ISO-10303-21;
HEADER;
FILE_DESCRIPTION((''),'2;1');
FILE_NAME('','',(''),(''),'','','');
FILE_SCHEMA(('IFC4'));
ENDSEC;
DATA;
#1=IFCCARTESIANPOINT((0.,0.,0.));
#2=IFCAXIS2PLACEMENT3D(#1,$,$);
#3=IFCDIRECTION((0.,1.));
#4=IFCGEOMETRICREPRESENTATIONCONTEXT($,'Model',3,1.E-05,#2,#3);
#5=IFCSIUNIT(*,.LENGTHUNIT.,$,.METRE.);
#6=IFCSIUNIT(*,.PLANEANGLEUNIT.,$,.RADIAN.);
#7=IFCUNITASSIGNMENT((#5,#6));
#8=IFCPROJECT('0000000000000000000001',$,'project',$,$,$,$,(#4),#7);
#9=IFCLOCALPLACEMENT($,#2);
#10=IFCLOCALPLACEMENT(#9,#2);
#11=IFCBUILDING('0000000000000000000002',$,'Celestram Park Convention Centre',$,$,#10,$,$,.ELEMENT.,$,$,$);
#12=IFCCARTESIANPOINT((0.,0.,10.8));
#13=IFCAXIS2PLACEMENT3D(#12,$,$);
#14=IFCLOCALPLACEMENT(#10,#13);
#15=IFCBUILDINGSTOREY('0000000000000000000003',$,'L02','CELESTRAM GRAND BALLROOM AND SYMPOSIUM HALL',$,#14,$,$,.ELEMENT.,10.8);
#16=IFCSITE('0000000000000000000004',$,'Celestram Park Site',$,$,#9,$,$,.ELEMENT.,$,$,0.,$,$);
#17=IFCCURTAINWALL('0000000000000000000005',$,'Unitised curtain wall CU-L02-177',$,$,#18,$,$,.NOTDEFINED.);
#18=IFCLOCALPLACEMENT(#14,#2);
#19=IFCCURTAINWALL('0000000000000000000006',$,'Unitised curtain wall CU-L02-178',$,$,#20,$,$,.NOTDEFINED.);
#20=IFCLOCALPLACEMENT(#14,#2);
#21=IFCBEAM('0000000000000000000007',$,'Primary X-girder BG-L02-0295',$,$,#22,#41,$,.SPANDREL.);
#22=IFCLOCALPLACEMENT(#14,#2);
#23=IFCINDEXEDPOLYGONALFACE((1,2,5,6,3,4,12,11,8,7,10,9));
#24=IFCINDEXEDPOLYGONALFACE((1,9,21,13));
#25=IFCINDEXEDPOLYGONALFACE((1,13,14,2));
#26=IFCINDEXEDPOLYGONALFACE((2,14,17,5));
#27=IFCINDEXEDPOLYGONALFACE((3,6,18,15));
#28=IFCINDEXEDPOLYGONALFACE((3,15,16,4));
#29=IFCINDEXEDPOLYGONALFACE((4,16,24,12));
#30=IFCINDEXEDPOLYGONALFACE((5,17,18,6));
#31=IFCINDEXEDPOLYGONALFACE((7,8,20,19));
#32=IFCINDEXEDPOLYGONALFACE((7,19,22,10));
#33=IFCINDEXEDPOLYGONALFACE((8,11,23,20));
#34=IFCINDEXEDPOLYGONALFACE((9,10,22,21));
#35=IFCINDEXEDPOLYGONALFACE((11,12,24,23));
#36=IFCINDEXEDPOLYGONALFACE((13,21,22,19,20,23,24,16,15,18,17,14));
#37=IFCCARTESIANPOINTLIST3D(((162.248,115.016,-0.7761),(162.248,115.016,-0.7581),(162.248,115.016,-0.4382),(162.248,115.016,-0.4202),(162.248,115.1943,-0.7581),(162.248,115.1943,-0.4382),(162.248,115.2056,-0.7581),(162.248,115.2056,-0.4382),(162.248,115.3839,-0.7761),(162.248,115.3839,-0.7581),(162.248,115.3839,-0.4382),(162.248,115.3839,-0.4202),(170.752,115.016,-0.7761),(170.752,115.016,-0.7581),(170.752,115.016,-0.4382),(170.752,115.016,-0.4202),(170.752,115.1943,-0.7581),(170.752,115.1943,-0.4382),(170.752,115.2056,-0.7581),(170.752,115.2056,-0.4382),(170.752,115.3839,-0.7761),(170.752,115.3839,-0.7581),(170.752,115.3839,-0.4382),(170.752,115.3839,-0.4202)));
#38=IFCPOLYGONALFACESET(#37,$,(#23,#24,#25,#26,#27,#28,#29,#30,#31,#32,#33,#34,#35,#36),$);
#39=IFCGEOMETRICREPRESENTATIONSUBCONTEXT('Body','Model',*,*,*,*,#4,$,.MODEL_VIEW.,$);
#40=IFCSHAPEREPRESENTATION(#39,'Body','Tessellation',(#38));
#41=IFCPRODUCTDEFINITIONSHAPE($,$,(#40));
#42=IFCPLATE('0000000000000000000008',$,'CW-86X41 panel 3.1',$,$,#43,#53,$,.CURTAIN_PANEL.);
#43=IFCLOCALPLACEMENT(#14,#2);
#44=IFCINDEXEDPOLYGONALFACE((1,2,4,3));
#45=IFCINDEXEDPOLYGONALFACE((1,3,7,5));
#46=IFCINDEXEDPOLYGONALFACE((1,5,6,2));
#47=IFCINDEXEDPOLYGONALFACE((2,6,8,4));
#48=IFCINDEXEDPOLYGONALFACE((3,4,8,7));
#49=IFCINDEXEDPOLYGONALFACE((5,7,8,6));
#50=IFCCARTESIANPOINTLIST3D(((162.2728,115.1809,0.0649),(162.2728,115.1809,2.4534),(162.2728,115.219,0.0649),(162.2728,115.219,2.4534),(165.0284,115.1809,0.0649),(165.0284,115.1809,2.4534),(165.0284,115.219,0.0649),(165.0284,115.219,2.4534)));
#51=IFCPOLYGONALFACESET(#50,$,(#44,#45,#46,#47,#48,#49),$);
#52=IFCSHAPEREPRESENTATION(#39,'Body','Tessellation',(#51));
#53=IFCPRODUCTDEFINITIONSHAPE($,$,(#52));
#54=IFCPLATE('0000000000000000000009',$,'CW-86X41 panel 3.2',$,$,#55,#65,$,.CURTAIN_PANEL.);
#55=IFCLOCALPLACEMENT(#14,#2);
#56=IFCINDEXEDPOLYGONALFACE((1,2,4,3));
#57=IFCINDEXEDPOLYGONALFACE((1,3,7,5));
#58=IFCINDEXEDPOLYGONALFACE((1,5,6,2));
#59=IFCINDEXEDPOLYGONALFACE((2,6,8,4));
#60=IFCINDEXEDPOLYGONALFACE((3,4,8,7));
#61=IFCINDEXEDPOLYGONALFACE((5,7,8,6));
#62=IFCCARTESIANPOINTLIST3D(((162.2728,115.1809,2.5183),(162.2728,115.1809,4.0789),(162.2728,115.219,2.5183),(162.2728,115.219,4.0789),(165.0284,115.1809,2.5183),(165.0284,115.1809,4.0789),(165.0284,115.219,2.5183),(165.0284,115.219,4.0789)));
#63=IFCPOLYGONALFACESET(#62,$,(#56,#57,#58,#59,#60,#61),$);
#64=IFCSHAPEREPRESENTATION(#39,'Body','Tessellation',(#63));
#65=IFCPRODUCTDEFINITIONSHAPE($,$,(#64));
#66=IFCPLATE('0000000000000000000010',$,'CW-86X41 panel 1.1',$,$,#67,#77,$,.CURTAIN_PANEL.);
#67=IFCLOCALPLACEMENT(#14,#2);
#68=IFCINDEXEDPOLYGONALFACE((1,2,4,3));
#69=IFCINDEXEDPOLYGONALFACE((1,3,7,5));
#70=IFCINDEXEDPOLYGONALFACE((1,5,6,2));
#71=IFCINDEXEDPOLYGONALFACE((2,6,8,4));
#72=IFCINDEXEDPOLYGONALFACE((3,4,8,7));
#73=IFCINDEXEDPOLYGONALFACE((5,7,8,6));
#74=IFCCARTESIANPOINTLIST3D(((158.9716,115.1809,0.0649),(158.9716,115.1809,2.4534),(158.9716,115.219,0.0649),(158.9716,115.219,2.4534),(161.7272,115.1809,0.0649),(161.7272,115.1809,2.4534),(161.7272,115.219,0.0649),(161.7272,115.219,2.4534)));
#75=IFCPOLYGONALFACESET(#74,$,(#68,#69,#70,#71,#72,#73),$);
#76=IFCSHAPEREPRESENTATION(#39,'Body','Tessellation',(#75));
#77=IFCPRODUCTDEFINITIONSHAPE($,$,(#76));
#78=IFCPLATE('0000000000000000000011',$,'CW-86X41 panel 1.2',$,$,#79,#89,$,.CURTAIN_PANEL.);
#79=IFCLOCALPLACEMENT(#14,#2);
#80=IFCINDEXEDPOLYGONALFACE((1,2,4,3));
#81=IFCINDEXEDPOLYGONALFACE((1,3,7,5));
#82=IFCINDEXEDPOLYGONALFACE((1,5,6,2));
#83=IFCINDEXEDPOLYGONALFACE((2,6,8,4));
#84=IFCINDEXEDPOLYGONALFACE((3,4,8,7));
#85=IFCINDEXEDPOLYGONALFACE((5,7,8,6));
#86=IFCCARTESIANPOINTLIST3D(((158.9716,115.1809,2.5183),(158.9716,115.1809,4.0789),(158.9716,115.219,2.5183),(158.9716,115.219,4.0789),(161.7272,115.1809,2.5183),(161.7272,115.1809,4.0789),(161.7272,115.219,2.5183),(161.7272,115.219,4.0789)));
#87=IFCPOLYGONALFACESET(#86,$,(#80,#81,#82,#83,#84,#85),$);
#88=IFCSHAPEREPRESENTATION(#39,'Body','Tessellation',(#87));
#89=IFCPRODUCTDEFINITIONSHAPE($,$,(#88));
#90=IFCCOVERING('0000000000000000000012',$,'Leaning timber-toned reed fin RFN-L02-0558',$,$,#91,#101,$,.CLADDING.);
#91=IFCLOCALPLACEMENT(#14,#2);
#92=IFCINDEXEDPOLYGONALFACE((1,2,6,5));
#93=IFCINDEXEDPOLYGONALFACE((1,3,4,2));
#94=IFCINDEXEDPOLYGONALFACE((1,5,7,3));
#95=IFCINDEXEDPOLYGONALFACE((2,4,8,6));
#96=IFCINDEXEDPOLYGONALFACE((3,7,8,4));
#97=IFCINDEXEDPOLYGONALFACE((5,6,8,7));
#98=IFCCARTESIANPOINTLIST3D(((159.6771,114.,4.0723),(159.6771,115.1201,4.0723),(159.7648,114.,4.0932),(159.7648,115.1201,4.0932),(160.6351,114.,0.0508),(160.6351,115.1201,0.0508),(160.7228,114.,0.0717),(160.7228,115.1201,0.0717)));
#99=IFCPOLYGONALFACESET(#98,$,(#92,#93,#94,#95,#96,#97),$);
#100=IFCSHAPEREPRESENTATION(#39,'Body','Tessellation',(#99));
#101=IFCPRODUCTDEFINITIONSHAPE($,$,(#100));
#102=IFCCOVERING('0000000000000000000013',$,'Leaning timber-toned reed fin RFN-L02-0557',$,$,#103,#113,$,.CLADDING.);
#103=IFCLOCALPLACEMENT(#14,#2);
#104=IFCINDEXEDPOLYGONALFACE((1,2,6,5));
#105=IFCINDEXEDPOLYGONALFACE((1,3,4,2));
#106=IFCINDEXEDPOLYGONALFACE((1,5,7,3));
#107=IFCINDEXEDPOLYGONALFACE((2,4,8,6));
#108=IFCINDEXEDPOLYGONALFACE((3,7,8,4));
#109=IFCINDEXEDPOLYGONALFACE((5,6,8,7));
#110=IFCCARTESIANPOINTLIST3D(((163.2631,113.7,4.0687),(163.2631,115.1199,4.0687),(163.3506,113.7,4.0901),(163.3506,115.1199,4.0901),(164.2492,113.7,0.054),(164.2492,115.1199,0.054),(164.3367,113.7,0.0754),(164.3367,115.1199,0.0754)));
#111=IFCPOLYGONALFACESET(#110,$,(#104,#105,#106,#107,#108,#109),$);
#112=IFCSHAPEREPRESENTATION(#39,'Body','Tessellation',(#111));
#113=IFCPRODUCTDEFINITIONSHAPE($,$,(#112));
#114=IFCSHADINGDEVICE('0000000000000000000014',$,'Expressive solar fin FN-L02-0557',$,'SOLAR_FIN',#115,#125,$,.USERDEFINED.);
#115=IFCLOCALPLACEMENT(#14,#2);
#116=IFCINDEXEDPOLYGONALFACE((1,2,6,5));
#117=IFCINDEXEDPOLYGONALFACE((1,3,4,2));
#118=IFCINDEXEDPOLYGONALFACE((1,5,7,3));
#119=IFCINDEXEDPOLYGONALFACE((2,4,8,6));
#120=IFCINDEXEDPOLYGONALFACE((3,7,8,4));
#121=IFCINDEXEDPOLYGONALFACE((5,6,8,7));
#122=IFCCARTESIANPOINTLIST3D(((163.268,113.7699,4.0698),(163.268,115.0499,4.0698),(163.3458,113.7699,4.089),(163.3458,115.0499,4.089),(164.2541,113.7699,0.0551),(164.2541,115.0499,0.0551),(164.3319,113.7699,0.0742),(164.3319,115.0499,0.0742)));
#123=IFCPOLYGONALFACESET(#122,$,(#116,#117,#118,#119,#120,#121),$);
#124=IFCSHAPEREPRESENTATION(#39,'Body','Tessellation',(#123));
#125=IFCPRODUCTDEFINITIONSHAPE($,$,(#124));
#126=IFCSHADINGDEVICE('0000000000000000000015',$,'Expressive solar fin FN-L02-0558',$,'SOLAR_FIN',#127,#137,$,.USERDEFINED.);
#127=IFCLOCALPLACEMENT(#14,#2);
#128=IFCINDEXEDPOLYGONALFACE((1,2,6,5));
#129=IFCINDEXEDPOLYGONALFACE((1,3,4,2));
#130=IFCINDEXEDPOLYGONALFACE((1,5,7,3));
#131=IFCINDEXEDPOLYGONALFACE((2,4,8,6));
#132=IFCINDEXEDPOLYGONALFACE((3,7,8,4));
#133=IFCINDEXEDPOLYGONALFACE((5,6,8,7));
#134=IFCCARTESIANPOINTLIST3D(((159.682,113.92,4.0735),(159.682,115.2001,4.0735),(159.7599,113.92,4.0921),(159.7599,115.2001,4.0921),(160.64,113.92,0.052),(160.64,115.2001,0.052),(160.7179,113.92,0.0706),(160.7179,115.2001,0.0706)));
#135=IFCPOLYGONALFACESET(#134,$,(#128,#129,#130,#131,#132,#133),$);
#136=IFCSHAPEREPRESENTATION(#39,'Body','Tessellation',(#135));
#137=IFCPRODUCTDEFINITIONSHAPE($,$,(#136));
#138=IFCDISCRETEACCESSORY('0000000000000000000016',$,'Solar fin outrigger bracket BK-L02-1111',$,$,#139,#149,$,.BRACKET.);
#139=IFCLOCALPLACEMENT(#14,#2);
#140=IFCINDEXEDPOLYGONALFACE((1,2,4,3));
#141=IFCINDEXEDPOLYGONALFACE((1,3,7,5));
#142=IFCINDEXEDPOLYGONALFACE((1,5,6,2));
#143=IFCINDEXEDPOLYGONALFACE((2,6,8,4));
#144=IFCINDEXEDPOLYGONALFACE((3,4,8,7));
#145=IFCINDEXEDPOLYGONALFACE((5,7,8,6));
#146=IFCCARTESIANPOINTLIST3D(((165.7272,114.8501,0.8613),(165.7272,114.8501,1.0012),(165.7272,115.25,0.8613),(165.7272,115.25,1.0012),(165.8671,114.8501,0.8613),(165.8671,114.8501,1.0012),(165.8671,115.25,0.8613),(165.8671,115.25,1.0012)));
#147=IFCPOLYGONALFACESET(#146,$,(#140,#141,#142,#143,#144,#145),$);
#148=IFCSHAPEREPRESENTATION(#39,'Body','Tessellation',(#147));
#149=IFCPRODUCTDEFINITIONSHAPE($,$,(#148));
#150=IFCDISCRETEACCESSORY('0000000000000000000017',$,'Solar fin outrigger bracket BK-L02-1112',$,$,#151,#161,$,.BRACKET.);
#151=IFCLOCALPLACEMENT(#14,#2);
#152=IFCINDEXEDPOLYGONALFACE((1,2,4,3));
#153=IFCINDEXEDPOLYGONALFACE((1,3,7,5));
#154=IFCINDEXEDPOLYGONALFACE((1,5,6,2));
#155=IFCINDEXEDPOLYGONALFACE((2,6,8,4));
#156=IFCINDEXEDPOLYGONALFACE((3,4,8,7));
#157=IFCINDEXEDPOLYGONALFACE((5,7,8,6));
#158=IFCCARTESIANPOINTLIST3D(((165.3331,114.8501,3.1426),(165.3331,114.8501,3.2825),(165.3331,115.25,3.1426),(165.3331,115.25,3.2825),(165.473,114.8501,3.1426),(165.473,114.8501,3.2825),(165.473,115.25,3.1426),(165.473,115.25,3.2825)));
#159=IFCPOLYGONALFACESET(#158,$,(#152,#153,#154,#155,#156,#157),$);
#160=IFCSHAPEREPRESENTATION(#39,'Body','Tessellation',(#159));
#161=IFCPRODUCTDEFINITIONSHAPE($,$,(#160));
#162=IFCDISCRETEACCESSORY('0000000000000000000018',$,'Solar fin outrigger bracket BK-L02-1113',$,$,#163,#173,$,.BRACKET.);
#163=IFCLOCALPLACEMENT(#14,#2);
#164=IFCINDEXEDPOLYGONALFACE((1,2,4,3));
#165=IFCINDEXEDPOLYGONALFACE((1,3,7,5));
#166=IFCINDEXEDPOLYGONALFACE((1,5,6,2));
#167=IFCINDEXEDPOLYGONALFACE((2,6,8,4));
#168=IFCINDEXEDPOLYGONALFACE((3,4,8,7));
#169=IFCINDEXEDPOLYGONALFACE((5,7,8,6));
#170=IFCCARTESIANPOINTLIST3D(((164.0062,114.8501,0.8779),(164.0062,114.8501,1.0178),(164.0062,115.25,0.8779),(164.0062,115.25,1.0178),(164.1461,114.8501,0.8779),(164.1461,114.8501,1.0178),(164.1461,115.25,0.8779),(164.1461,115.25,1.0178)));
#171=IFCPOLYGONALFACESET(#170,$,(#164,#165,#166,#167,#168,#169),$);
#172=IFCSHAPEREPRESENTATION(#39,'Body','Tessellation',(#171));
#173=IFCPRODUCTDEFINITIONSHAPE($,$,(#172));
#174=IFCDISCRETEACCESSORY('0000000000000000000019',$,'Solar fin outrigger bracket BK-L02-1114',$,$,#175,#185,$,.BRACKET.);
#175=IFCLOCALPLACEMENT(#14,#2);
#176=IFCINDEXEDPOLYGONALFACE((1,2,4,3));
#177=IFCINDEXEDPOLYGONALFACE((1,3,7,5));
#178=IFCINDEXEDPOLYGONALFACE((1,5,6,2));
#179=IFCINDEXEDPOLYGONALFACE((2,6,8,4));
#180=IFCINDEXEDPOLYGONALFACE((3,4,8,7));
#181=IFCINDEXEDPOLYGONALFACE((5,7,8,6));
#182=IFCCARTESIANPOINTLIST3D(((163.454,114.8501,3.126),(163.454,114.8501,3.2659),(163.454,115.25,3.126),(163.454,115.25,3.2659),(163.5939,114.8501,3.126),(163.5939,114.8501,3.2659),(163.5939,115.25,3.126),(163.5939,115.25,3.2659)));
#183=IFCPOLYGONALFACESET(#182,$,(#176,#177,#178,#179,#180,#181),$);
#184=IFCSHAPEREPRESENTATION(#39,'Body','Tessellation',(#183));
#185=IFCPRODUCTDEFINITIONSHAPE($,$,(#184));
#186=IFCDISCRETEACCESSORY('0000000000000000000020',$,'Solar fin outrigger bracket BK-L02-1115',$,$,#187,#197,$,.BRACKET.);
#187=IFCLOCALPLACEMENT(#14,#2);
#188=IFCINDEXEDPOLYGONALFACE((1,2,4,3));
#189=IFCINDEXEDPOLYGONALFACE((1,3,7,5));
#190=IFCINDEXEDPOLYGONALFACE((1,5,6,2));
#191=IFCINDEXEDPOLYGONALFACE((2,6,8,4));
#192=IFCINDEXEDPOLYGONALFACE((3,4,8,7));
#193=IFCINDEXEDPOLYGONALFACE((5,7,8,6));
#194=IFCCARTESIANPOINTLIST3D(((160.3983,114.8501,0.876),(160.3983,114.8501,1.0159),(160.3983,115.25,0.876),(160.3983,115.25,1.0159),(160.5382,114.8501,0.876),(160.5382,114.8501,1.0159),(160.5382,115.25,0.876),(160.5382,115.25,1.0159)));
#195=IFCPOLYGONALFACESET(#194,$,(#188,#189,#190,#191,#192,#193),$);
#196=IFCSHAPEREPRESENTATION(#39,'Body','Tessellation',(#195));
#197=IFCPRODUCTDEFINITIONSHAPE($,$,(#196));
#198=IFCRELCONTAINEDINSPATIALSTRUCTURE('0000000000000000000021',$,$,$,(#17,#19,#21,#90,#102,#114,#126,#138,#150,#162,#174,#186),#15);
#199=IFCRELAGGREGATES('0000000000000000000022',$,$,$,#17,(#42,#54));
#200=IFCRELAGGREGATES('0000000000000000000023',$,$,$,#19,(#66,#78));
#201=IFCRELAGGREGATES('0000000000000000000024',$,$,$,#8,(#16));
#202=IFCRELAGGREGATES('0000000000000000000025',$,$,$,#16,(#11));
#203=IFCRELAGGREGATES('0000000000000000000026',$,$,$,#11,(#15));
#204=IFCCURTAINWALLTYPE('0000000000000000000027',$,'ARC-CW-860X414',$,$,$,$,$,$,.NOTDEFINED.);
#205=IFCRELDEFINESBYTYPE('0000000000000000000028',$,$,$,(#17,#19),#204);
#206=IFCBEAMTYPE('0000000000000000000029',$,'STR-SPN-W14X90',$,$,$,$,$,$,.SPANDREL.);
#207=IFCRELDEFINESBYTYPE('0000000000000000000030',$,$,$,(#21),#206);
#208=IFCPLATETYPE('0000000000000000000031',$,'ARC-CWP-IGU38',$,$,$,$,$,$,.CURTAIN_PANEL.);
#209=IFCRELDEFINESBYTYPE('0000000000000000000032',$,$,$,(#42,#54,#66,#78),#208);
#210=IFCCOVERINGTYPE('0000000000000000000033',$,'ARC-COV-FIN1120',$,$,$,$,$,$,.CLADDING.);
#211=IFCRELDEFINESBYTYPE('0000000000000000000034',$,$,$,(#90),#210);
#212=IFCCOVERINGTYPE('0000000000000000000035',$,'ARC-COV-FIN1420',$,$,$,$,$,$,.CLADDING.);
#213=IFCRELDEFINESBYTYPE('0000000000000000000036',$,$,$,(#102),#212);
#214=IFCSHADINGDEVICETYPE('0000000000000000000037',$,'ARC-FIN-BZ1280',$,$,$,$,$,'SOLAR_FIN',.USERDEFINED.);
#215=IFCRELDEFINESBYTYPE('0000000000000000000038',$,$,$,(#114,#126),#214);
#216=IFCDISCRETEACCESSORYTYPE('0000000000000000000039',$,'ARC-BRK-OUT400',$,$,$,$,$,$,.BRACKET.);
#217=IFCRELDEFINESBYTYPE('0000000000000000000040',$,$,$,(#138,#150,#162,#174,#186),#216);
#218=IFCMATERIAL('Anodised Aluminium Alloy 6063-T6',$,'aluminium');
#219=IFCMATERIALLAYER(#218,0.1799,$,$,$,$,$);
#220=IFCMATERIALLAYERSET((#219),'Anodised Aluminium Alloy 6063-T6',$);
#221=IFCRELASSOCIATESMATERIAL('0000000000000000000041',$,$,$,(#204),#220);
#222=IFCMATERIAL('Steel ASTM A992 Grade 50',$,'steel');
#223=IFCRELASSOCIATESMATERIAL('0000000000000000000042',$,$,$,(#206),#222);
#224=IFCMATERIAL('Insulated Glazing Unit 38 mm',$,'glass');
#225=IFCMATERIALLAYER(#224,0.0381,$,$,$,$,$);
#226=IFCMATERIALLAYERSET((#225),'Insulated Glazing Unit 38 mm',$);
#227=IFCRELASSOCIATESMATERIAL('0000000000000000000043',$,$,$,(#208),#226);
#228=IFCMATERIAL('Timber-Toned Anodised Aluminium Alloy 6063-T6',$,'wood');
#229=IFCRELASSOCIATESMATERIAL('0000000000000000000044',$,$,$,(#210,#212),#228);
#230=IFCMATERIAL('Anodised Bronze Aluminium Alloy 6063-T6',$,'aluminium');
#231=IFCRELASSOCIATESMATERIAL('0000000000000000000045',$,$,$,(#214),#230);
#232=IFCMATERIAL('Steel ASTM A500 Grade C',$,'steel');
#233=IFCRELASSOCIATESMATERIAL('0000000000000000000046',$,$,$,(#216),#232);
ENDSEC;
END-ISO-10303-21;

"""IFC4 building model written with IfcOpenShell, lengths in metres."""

from ifc_helpers import new_model, si_unit, direction, frame, origin, origin_2d, place, context, subcontext, project, spatial, rectangle, i_section, extrude, material, layer, layer_set, material_profile, profile_set, type_object, element, aggregate, save


model = new_model("IFC4")

# Units and contexts
model_context = context("Model", 3, precision=1e-05, world=origin(), true_north=direction((0.0, 1.0)))
body_context = subcontext(model_context, "Body", "Model", "MODEL_VIEW")
ifc_project = project(units=[si_unit("LENGTHUNIT", "METRE"), si_unit("PLANEANGLEUNIT", "RADIAN")], contexts=[model_context])

# Site, building, storey
site_placement = place(None, origin())
site = spatial("IfcSite", under=ifc_project, at=site_placement, Name="Celestram Park Site", CompositionType="ELEMENT", RefElevation=0.0)
building_placement = place(site_placement, origin())
building = spatial("IfcBuilding", under=site, at=building_placement, Name="Celestram Park Convention Centre", CompositionType="ELEMENT")
storey_placement = place(building_placement, frame((0.0, 0.0, 10.8)))
storey = spatial("IfcBuildingStorey", under=building, at=storey_placement, Name="L02", Description="CELESTRAM GRAND BALLROOM AND SYMPOSIUM HALL", CompositionType="ELEMENT", Elevation=10.8)

# Shared definitions
ifc_material_1 = material(Name="Steel ASTM A500 Grade C", Category="steel")

# Curtain wall
ifc_material_2 = material(Name="Anodised Aluminium Alloy 6063-T6", Category="aluminium")
ifc_layer_1 = layer(ifc_material_2, 0.1799)
ifc_layer_set_1 = layer_set([ifc_layer_1], Name="Anodised Aluminium Alloy 6063-T6")
curtain_wall_type = type_object("IfcCurtainWallType", Name="ARC-CW-860X414", PredefinedType="NOTDEFINED", material=ifc_layer_set_1)
curtain_wall_1_placement = place(storey_placement, origin())
curtain_wall_1 = element("IfcCurtainWall", 1, at=curtain_wall_1_placement, inside=storey, type_object=curtain_wall_type, Name="Unitised curtain wall CU-L02-177", PredefinedType="NOTDEFINED")

# Curtain wall
curtain_wall_2_placement = place(storey_placement, origin())
curtain_wall_2 = element("IfcCurtainWall", 2, at=curtain_wall_2_placement, inside=storey, type_object=curtain_wall_type, Name="Unitised curtain wall CU-L02-178", PredefinedType="NOTDEFINED")

# Beam
ifc_material_3 = material(Name="Steel ASTM A992 Grade 50", Category="steel")
ifc_material_profile_1 = material_profile(ifc_material_3, i_section(OverallWidth=0.3679, OverallDepth=0.356, WebThickness=0.0112, FlangeThickness=0.0181, at=origin_2d()), Name="W14X90")
ifc_profile_set_1 = profile_set([ifc_material_profile_1], Name="Steel ASTM A992 Grade 50")
beam_type = type_object("IfcBeamType", Name="STR-SPN-W14X90", PredefinedType="SPANDREL", material=ifc_profile_set_1)
beam_placement = place(storey_placement, frame((162.248, 115.2, -0.5981), z_axis=(1.0, 0.0, 0.0), x_axis=(0.0, 1.0, 0.0)))
element("IfcBeam", 3, at=beam_placement, inside=storey, type_object=beam_type, Name="Primary X-girder BG-L02-0295", PredefinedType="SPANDREL", context=body_context, shape_type="SweptSolid", body=[
    extrude(i_section(OverallWidth=0.3679, OverallDepth=0.356, WebThickness=0.0112, FlangeThickness=0.0181, at=origin_2d()), origin(), (0.0, 0.0, 1.0), 8.5039),
])

# Plates
ifc_material_4 = material(Name="Insulated Glazing Unit 38 mm", Category="glass")
ifc_layer_2 = layer(ifc_material_4, 0.0381)
ifc_layer_set_2 = layer_set([ifc_layer_2], Name="Insulated Glazing Unit 38 mm")
plate_type = type_object("IfcPlateType", Name="ARC-CWP-IGU38", PredefinedType="CURTAIN_PANEL", material=ifc_layer_set_2)
plate_1_placement = place(storey_placement, frame((163.6506, 115.2, 0.0649), z_axis=(0.0, 0.0, 1.0), x_axis=(-1.0, 0.0, 0.0)))
plate_1 = element("IfcPlate", 4, at=plate_1_placement, type_object=plate_type, Name="CW-86X41 panel 3.1", PredefinedType="CURTAIN_PANEL", context=body_context, shape_type="SweptSolid", body=[
    extrude(rectangle(XDim=2.7556, YDim=0.0381, at=origin_2d()), origin(), (0.0, 0.0, 1.0), 2.3884),
])
plate_2_placement = place(storey_placement, frame((163.6506, 115.2, 2.5183), z_axis=(0.0, 0.0, 1.0), x_axis=(-1.0, 0.0, 0.0)))
plate_2 = element("IfcPlate", 5, at=plate_2_placement, type_object=plate_type, Name="CW-86X41 panel 3.2", PredefinedType="CURTAIN_PANEL", context=body_context, shape_type="SweptSolid", body=[
    extrude(rectangle(XDim=2.7556, YDim=0.0381, at=origin_2d()), origin(), (0.0, 0.0, 1.0), 1.5605),
])
aggregate(curtain_wall_1, [plate_1, plate_2])
plate_3_placement = place(storey_placement, frame((160.3494, 115.2, 0.0649), z_axis=(0.0, 0.0, 1.0), x_axis=(-1.0, 0.0, 0.0)))
plate_3 = element("IfcPlate", 6, at=plate_3_placement, type_object=plate_type, Name="CW-86X41 panel 1.1", PredefinedType="CURTAIN_PANEL", context=body_context, shape_type="SweptSolid", body=[
    extrude(rectangle(XDim=2.7556, YDim=0.0381, at=origin_2d()), origin(), (0.0, 0.0, 1.0), 2.3884),
])
plate_4_placement = place(storey_placement, frame((160.3494, 115.2, 2.5183), z_axis=(0.0, 0.0, 1.0), x_axis=(-1.0, 0.0, 0.0)))
plate_4 = element("IfcPlate", 7, at=plate_4_placement, type_object=plate_type, Name="CW-86X41 panel 1.2", PredefinedType="CURTAIN_PANEL", context=body_context, shape_type="SweptSolid", body=[
    extrude(rectangle(XDim=2.7556, YDim=0.0381, at=origin_2d()), origin(), (0.0, 0.0, 1.0), 1.5605),
])
aggregate(curtain_wall_2, [plate_3, plate_4])

# Coverings
ifc_material_5 = material(Name="Timber-Toned Anodised Aluminium Alloy 6063-T6", Category="wood")
ifc_material_profile_2 = material_profile(ifc_material_5, rectangle(XDim=1.1201, YDim=0.0901, at=origin_2d()), Name="REED1120X90")
ifc_profile_set_2 = profile_set([ifc_material_profile_2], Name="Timber-Toned Anodised Aluminium Alloy 6063-T6")
covering_type_1 = type_object("IfcCoveringType", Name="ARC-COV-FIN1120", PredefinedType="CLADDING", material=ifc_profile_set_2)
covering_1_placement = place(storey_placement, frame((160.679, 114.5601, 0.0613), z_axis=(-0.231738, 0.0, 0.972778), x_axis=(0.0, -1.0, 0.0)))
element("IfcCovering", 8, at=covering_1_placement, inside=storey, type_object=covering_type_1, Name="Leaning timber-toned reed fin RFN-L02-0558", PredefinedType="CLADDING", context=body_context, shape_type="SweptSolid", body=[
    extrude(rectangle(XDim=1.1201, YDim=0.0901, at=origin_2d()), origin(), (0.0, 0.0, 1.0), 4.134),
])
ifc_material_profile_3 = material_profile(ifc_material_5, rectangle(XDim=1.4199, YDim=0.0901, at=origin_2d()), Name="REED1420X90")
ifc_profile_set_3 = profile_set([ifc_material_profile_3], Name="Timber-Toned Anodised Aluminium Alloy 6063-T6")
covering_type_2 = type_object("IfcCoveringType", Name="ARC-COV-FIN1420", PredefinedType="CLADDING", material=ifc_profile_set_3)
covering_2_placement = place(storey_placement, frame((164.293, 114.4099, 0.0647), z_axis=(-0.238532, 0.0, 0.971135), x_axis=(0.0, -1.0, 0.0)))
element("IfcCovering", 9, at=covering_2_placement, inside=storey, type_object=covering_type_2, Name="Leaning timber-toned reed fin RFN-L02-0557", PredefinedType="CLADDING", context=body_context, shape_type="SweptSolid", body=[
    extrude(rectangle(XDim=1.4199, YDim=0.0901, at=origin_2d()), origin(), (0.0, 0.0, 1.0), 4.134),
])

# Shading devices
ifc_material_6 = material(Name="Anodised Bronze Aluminium Alloy 6063-T6", Category="aluminium")
ifc_material_profile_4 = material_profile(ifc_material_6, rectangle(XDim=1.28, YDim=0.0801, at=origin_2d()), Name="FIN1280X80")
ifc_profile_set_4 = profile_set([ifc_material_profile_4], Name="Anodised Bronze Aluminium Alloy 6063-T6")
shading_device_type = type_object("IfcShadingDeviceType", Name="ARC-FIN-BZ1280", ElementType="SOLAR_FIN", PredefinedType="USERDEFINED", material=ifc_profile_set_4)
for number, where, z_axis, x_axis, name in (
    (10, (164.293, 114.4099, 0.0647), (-0.238532, 0.0, 0.971135), (0.0, -1.0, 0.0), "Expressive solar fin FN-L02-0557"),
    (11, (160.679, 114.5601, 0.0613), (-0.231738, 0.0, 0.972778), (0.0, -1.0, 0.0), "Expressive solar fin FN-L02-0558"),
):
    element("IfcShadingDevice", number, at=place(storey_placement, frame(where, z_axis=z_axis, x_axis=x_axis)), inside=storey, type_object=shading_device_type, Name=name, ObjectType="SOLAR_FIN", PredefinedType="USERDEFINED", context=body_context, shape_type="SweptSolid", body=[
        extrude(rectangle(XDim=1.28, YDim=0.0801, at=origin_2d()), origin(), (0.0, 0.0, 1.0), 4.134),
    ])

# Discrete accessories
discrete_accessory_type = type_object("IfcDiscreteAccessoryType", Name="ARC-BRK-OUT400", PredefinedType="BRACKET", material=ifc_material_1)
for number, where, z_axis, x_axis, name in (
    (12, (165.7971, 115.05, 0.8613), (0.0, 0.0, 1.0), (0.0, -1.0, 0.0), "Solar fin outrigger bracket BK-L02-1111"),
    (13, (165.4031, 115.05, 3.1426), (0.0, 0.0, 1.0), (0.0, -1.0, 0.0), "Solar fin outrigger bracket BK-L02-1112"),
    (14, (164.0762, 115.05, 0.8779), (0.0, 0.0, 1.0), (0.0, -1.0, 0.0), "Solar fin outrigger bracket BK-L02-1113"),
    (15, (163.5239, 115.05, 3.126), (0.0, 0.0, 1.0), (0.0, -1.0, 0.0), "Solar fin outrigger bracket BK-L02-1114"),
    (16, (160.4683, 115.05, 0.876), (0.0, 0.0, 1.0), (0.0, -1.0, 0.0), "Solar fin outrigger bracket BK-L02-1115"),
):
    element("IfcDiscreteAccessory", number, at=place(storey_placement, frame(where, z_axis=z_axis, x_axis=x_axis)), inside=storey, type_object=discrete_accessory_type, Name=name, PredefinedType="BRACKET", context=body_context, shape_type="SweptSolid", body=[
        extrude(rectangle(XDim=0.3999, YDim=0.1399, at=origin_2d()), origin(), (0.0, 0.0, 1.0), 0.1399),
    ])

save(model, "model.ifc")
